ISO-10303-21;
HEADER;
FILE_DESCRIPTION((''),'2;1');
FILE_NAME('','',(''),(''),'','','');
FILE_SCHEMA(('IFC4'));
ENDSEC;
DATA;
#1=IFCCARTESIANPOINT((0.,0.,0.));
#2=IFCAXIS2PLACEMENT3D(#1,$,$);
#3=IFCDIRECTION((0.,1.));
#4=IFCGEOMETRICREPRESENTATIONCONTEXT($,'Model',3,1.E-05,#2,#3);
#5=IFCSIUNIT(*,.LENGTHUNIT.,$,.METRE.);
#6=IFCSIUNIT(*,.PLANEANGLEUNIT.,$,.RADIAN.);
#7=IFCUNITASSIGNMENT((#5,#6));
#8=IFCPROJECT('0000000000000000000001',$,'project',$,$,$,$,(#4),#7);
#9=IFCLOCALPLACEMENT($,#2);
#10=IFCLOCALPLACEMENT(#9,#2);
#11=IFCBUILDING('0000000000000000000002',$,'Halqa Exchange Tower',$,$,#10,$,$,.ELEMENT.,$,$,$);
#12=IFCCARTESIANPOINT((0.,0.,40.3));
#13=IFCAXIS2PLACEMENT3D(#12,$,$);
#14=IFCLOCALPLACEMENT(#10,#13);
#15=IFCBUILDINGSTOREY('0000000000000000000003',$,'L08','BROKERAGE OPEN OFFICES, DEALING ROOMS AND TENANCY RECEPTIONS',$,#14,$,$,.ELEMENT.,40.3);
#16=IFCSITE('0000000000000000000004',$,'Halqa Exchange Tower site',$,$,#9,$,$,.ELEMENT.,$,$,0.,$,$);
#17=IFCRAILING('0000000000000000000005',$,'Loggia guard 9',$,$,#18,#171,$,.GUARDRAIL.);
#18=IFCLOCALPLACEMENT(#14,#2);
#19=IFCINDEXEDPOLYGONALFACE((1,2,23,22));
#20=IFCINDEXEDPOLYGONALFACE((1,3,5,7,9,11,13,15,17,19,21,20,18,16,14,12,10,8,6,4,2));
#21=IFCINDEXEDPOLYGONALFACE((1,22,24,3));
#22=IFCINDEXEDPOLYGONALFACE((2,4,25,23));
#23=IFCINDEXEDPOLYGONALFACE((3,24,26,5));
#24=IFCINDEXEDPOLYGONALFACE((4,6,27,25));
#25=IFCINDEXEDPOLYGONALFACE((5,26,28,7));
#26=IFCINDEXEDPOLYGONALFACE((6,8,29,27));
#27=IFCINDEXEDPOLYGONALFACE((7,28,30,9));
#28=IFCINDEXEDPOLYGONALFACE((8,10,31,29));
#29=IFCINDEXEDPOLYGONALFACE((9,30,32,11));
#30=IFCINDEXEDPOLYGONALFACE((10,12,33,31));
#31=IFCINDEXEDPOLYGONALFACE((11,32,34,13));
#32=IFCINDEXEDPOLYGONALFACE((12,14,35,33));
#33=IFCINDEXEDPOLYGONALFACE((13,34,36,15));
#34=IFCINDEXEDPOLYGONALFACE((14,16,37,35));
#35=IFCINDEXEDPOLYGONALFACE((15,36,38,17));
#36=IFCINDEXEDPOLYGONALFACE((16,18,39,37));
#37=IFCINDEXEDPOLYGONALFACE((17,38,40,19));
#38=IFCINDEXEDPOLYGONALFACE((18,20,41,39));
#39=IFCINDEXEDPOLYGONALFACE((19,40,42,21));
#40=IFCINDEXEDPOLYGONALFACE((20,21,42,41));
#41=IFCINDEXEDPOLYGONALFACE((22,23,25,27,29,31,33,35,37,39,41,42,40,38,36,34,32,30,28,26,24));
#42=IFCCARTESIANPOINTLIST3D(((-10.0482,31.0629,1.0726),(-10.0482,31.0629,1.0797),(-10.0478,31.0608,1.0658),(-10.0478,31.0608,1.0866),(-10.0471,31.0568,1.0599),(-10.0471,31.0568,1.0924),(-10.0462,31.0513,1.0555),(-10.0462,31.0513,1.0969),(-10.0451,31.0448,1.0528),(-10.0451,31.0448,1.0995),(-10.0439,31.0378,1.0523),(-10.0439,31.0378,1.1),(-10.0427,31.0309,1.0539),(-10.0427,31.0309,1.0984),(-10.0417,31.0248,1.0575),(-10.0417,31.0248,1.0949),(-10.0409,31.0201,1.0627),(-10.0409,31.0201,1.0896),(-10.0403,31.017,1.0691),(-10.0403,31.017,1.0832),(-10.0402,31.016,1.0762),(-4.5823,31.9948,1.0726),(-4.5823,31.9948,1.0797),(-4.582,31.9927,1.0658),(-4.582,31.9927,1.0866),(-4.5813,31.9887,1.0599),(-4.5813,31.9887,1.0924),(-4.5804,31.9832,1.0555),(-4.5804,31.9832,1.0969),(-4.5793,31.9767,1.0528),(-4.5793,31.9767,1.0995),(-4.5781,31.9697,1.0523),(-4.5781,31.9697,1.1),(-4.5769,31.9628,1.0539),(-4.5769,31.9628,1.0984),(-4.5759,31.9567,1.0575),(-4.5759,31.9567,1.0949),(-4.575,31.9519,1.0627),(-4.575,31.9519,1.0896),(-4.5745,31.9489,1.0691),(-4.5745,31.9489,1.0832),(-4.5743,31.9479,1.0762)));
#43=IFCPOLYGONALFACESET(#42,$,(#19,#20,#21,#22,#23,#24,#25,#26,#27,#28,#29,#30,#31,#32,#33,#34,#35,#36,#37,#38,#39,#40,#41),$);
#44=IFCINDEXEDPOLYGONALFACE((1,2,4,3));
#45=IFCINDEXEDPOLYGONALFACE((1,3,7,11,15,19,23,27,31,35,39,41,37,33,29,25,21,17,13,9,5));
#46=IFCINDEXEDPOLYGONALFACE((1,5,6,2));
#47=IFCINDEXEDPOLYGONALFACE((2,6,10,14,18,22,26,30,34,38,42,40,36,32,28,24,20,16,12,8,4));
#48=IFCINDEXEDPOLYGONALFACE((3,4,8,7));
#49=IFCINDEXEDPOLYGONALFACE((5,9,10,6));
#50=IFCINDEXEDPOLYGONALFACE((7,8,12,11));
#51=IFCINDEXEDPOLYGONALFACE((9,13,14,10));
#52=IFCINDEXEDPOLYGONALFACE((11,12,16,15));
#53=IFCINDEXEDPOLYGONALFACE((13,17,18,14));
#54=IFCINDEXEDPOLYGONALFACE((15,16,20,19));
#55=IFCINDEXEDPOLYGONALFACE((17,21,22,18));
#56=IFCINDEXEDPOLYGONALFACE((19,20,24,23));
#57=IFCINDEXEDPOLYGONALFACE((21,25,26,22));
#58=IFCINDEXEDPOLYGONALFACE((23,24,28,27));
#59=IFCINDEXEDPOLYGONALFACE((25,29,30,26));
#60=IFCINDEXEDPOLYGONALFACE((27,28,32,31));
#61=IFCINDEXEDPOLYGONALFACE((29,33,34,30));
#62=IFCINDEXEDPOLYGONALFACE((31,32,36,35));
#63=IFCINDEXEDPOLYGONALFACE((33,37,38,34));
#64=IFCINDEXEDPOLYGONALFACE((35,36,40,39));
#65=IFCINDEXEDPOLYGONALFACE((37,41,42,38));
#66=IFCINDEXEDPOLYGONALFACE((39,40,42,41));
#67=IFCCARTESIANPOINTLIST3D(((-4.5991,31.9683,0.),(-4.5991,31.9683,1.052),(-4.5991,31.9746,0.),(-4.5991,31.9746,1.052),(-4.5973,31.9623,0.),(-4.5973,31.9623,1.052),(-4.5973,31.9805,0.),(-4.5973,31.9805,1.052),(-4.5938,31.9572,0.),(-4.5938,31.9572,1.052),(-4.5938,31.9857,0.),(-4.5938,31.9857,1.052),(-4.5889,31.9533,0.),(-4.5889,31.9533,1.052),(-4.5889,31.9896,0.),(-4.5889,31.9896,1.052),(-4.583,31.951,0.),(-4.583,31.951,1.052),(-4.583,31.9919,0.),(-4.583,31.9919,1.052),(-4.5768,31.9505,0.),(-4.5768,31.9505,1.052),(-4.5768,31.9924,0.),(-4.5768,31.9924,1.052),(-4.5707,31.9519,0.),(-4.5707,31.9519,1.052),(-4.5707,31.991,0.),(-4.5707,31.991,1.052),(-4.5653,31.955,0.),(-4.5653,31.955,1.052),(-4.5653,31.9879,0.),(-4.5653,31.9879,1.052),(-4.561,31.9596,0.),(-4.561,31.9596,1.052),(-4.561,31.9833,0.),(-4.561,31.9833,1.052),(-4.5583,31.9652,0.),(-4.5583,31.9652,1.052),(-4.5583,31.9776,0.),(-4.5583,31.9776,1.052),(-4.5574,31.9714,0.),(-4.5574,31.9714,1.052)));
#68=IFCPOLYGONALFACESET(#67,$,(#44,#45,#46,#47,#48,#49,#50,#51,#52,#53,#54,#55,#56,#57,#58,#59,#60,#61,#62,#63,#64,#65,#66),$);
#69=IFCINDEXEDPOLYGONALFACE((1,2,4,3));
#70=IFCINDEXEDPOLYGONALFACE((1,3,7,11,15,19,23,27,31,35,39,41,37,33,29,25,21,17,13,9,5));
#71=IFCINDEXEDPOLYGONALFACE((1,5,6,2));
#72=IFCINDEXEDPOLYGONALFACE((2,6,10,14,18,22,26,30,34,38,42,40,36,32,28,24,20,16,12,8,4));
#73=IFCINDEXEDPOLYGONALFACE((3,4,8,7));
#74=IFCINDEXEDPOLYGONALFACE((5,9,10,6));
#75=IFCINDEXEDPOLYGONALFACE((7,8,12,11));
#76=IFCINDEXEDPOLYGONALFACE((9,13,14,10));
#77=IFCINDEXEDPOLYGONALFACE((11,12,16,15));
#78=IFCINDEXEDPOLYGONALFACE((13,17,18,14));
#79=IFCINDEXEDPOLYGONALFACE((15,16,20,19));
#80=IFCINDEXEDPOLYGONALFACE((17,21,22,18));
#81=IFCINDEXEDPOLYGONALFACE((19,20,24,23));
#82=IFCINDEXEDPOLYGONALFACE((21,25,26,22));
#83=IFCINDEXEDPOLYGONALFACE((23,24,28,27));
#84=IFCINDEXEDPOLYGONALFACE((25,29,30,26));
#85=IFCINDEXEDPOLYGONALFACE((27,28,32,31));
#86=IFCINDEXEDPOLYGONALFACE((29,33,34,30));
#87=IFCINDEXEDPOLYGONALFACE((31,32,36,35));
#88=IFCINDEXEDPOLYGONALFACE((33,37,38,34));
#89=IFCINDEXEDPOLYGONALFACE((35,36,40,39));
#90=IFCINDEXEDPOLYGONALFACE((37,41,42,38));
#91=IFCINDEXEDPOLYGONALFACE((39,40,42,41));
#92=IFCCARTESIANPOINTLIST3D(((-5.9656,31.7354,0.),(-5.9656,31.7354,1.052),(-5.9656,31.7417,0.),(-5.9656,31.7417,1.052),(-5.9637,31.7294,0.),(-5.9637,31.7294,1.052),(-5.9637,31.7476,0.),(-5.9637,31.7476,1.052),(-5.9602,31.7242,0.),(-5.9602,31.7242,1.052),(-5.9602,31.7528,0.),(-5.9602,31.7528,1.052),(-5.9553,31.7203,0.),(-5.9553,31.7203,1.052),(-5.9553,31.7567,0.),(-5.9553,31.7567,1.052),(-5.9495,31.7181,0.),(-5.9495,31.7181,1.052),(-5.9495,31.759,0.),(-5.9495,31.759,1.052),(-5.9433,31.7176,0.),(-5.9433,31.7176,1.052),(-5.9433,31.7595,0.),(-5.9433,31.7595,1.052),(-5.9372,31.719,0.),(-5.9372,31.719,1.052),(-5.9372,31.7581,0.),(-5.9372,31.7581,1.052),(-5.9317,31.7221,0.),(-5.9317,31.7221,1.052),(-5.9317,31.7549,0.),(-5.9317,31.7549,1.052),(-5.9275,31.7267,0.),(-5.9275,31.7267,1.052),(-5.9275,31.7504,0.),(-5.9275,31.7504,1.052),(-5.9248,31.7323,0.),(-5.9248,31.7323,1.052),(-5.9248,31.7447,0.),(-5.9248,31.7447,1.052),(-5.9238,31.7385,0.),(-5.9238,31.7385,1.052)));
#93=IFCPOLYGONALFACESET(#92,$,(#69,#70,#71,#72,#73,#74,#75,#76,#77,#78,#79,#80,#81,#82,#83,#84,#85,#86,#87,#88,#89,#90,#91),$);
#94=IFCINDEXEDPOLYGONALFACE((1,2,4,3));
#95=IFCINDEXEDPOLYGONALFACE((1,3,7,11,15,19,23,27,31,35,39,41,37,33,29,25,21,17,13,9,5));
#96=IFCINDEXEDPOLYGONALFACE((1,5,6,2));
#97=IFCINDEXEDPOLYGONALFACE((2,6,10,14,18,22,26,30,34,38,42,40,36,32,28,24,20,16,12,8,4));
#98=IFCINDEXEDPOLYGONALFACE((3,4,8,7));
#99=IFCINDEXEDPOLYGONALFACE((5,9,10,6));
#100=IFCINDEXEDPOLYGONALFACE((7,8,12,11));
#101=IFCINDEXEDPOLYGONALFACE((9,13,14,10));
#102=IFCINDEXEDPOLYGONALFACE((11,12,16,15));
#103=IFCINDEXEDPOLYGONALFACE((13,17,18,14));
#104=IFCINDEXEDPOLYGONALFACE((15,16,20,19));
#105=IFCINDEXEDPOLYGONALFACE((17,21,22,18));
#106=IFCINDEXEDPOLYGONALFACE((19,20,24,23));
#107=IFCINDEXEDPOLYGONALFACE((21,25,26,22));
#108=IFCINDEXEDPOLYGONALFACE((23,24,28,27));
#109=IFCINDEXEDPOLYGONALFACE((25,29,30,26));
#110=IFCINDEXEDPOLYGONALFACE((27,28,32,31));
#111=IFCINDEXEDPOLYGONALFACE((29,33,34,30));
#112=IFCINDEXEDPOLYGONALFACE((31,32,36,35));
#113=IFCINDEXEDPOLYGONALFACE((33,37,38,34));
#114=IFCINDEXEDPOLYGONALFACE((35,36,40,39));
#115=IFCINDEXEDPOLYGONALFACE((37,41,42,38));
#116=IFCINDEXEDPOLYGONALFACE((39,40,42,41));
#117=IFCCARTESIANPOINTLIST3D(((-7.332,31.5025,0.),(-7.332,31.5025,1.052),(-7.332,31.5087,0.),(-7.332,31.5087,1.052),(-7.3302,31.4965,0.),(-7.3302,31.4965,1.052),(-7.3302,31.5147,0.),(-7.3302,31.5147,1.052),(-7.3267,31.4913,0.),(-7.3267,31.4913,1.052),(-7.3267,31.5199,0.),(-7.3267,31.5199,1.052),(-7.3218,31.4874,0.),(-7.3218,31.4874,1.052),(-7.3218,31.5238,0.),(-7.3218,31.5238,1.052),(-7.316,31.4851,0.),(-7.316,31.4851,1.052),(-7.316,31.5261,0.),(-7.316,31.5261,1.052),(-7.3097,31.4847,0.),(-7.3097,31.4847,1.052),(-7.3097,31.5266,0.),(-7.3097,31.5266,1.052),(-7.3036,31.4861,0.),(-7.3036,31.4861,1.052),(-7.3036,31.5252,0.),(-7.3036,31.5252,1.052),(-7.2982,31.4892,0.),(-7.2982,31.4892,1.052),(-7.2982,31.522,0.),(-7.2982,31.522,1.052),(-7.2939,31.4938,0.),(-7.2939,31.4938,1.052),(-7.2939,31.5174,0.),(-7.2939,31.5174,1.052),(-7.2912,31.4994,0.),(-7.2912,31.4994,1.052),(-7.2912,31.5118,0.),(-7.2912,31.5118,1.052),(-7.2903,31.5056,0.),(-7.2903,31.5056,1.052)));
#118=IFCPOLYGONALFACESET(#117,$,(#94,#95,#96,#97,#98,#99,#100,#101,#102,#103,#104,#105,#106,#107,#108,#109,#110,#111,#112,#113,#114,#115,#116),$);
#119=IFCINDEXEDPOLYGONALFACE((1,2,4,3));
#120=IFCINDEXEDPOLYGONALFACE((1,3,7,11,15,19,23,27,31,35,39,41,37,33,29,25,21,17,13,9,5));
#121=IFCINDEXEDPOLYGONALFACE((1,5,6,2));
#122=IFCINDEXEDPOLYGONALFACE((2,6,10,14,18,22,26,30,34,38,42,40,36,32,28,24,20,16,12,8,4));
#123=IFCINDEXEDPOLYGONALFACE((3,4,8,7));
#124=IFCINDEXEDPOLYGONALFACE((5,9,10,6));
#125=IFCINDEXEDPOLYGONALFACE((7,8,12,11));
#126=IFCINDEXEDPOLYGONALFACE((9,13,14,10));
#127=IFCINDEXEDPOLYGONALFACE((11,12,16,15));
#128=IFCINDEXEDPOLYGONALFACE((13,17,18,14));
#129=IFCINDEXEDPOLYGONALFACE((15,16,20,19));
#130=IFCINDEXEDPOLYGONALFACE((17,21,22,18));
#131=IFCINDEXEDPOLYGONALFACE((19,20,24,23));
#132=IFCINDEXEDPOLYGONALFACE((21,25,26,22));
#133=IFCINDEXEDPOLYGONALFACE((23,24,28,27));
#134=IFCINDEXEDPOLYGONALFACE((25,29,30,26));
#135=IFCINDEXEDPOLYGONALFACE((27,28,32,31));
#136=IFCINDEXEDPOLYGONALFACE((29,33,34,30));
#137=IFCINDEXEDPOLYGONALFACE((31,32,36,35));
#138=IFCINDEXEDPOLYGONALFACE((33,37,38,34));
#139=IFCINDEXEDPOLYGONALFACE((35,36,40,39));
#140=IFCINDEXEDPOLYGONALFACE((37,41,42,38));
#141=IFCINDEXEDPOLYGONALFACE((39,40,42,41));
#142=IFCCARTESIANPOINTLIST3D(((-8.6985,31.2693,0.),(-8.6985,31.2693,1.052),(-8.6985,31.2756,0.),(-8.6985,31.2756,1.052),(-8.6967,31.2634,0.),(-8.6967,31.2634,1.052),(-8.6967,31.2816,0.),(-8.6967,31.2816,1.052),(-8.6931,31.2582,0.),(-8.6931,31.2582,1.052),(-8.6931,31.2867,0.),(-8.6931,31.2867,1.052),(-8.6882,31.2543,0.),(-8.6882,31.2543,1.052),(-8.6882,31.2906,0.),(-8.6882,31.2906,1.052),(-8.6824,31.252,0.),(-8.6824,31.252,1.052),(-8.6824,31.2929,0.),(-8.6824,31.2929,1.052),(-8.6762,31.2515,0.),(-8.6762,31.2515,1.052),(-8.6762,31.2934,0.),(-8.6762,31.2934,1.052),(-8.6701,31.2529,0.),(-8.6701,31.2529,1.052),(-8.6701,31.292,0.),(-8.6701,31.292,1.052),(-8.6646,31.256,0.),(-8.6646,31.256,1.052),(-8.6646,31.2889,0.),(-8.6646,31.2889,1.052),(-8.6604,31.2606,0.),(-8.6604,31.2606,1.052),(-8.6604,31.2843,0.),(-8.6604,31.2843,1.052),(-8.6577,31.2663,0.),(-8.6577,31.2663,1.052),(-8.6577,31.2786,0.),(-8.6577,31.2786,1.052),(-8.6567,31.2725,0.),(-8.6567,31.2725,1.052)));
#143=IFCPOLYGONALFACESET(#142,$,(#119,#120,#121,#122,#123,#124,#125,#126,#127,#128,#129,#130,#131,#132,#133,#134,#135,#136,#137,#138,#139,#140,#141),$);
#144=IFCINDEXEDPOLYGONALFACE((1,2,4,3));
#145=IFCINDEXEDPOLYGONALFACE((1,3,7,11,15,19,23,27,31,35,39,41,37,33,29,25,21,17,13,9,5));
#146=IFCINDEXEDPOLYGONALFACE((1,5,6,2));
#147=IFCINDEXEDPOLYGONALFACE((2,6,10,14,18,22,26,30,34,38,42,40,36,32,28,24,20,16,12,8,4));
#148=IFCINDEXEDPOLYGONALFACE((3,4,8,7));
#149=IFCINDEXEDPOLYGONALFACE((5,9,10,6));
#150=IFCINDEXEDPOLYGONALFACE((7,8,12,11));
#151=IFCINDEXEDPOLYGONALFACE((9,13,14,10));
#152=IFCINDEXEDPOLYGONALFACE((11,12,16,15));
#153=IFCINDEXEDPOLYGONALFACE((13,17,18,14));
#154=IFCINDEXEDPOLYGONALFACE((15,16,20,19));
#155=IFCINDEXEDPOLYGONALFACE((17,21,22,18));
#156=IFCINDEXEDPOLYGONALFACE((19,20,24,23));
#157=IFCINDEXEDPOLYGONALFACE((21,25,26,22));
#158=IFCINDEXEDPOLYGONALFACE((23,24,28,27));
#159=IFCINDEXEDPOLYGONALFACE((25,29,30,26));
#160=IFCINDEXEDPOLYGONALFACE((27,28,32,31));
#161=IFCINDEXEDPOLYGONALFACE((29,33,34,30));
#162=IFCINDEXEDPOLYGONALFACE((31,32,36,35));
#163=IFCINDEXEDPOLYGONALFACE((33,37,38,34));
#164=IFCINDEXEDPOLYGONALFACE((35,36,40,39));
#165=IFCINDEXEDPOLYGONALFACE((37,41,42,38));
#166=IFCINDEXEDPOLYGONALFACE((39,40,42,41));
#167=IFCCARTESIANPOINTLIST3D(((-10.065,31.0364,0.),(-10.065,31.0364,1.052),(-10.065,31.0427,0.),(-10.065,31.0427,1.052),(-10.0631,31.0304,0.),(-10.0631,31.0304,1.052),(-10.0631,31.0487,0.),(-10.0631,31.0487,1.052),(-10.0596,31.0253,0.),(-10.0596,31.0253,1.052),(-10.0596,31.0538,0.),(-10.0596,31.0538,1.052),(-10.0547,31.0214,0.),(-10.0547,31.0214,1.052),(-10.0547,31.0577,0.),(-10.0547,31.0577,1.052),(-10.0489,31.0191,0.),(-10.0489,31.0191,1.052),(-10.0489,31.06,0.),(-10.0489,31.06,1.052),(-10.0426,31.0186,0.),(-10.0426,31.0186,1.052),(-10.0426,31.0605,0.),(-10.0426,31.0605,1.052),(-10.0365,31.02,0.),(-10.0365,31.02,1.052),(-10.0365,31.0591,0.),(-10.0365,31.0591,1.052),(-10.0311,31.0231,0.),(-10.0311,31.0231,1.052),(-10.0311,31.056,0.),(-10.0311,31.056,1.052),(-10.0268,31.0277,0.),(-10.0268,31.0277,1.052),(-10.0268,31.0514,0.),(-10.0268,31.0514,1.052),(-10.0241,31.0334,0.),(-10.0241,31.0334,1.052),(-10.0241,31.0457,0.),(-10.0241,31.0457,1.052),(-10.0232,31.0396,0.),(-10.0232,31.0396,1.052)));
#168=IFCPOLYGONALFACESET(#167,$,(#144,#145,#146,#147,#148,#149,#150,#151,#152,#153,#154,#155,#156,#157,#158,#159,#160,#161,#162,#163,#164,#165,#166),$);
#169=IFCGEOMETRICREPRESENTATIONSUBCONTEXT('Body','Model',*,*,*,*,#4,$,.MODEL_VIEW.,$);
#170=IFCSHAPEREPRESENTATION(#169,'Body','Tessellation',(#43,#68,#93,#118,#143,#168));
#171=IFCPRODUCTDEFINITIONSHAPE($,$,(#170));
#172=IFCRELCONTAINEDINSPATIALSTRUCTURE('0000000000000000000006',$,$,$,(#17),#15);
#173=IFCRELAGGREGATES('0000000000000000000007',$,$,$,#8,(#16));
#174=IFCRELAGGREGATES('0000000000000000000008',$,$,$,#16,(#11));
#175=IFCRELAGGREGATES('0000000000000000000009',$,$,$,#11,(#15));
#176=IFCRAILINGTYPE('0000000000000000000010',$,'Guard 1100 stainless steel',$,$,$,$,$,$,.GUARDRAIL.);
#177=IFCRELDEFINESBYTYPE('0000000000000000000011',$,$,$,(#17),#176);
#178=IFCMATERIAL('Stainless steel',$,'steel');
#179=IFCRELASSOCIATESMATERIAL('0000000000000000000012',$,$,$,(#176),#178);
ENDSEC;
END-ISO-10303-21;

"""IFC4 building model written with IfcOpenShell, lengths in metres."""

from ifc_helpers import new_model, si_unit, direction, frame, origin, origin_2d, place, context, subcontext, project, spatial, circle, extrude, material, type_object, element, save


model = new_model("IFC4")

# Units and contexts
model_context = context("Model", 3, precision=1e-05, world=origin(), true_north=direction((0.0, 1.0)))
body_context = subcontext(model_context, "Body", "Model", "MODEL_VIEW")
ifc_project = project(units=[si_unit("LENGTHUNIT", "METRE"), si_unit("PLANEANGLEUNIT", "RADIAN")], contexts=[model_context])

# Site, building, storey
site_placement = place(None, origin())
site = spatial("IfcSite", under=ifc_project, at=site_placement, Name="Halqa Exchange Tower site", CompositionType="ELEMENT", RefElevation=0.0)
building_placement = place(site_placement, origin())
building = spatial("IfcBuilding", under=site, at=building_placement, Name="Halqa Exchange Tower", CompositionType="ELEMENT")
storey_placement = place(building_placement, frame((0.0, 0.0, 40.3)))
storey = spatial("IfcBuildingStorey", under=building, at=storey_placement, Name="L08", Description="BROKERAGE OPEN OFFICES, DEALING ROOMS AND TENANCY RECEPTIONS", CompositionType="ELEMENT", Elevation=40.3)

# Railing
ifc_material_1 = material(Name="Stainless steel", Category="steel")
railing_type_1 = type_object("IfcRailingType", Name="Guard 1100 stainless steel", PredefinedType="GUARDRAIL", material=ifc_material_1)
railing_1_placement = place(storey_placement, frame((-4.5784, 31.9714, 0.0)))
element("IfcRailing", 1, at=railing_1_placement, inside=storey, type_object=railing_type_1, Name="Loggia guard 9", PredefinedType="GUARDRAIL", context=body_context, shape_type="SweptSolid", body=[
    extrude(circle(Radius=0.0239, at=origin_2d()), frame((0.0, 0.0, 1.0762), z_axis=(-0.985775, -0.168068, 0.0), x_axis=(0.168068, -0.985775, 0.0)), (0.0, 0.0, 1.0), 5.5447),
    extrude(circle(Radius=0.021, at=origin_2d()), origin(), (0.0, 0.0, 1.0), 1.052),
    extrude(circle(Radius=0.021, at=origin_2d()), frame((-1.3665, -0.2329, 0.0)), (0.0, 0.0, 1.0), 1.052),
    extrude(circle(Radius=0.021, at=origin_2d()), frame((-2.7329, -0.4658, 0.0)), (0.0, 0.0, 1.0), 1.052),
    extrude(circle(Radius=0.021, at=origin_2d()), frame((-4.0994, -0.699, 0.0)), (0.0, 0.0, 1.0), 1.052),
    extrude(circle(Radius=0.021, at=origin_2d()), frame((-5.4658, -0.9319, 0.0)), (0.0, 0.0, 1.0), 1.052),
])

save(model, "model.ifc")
